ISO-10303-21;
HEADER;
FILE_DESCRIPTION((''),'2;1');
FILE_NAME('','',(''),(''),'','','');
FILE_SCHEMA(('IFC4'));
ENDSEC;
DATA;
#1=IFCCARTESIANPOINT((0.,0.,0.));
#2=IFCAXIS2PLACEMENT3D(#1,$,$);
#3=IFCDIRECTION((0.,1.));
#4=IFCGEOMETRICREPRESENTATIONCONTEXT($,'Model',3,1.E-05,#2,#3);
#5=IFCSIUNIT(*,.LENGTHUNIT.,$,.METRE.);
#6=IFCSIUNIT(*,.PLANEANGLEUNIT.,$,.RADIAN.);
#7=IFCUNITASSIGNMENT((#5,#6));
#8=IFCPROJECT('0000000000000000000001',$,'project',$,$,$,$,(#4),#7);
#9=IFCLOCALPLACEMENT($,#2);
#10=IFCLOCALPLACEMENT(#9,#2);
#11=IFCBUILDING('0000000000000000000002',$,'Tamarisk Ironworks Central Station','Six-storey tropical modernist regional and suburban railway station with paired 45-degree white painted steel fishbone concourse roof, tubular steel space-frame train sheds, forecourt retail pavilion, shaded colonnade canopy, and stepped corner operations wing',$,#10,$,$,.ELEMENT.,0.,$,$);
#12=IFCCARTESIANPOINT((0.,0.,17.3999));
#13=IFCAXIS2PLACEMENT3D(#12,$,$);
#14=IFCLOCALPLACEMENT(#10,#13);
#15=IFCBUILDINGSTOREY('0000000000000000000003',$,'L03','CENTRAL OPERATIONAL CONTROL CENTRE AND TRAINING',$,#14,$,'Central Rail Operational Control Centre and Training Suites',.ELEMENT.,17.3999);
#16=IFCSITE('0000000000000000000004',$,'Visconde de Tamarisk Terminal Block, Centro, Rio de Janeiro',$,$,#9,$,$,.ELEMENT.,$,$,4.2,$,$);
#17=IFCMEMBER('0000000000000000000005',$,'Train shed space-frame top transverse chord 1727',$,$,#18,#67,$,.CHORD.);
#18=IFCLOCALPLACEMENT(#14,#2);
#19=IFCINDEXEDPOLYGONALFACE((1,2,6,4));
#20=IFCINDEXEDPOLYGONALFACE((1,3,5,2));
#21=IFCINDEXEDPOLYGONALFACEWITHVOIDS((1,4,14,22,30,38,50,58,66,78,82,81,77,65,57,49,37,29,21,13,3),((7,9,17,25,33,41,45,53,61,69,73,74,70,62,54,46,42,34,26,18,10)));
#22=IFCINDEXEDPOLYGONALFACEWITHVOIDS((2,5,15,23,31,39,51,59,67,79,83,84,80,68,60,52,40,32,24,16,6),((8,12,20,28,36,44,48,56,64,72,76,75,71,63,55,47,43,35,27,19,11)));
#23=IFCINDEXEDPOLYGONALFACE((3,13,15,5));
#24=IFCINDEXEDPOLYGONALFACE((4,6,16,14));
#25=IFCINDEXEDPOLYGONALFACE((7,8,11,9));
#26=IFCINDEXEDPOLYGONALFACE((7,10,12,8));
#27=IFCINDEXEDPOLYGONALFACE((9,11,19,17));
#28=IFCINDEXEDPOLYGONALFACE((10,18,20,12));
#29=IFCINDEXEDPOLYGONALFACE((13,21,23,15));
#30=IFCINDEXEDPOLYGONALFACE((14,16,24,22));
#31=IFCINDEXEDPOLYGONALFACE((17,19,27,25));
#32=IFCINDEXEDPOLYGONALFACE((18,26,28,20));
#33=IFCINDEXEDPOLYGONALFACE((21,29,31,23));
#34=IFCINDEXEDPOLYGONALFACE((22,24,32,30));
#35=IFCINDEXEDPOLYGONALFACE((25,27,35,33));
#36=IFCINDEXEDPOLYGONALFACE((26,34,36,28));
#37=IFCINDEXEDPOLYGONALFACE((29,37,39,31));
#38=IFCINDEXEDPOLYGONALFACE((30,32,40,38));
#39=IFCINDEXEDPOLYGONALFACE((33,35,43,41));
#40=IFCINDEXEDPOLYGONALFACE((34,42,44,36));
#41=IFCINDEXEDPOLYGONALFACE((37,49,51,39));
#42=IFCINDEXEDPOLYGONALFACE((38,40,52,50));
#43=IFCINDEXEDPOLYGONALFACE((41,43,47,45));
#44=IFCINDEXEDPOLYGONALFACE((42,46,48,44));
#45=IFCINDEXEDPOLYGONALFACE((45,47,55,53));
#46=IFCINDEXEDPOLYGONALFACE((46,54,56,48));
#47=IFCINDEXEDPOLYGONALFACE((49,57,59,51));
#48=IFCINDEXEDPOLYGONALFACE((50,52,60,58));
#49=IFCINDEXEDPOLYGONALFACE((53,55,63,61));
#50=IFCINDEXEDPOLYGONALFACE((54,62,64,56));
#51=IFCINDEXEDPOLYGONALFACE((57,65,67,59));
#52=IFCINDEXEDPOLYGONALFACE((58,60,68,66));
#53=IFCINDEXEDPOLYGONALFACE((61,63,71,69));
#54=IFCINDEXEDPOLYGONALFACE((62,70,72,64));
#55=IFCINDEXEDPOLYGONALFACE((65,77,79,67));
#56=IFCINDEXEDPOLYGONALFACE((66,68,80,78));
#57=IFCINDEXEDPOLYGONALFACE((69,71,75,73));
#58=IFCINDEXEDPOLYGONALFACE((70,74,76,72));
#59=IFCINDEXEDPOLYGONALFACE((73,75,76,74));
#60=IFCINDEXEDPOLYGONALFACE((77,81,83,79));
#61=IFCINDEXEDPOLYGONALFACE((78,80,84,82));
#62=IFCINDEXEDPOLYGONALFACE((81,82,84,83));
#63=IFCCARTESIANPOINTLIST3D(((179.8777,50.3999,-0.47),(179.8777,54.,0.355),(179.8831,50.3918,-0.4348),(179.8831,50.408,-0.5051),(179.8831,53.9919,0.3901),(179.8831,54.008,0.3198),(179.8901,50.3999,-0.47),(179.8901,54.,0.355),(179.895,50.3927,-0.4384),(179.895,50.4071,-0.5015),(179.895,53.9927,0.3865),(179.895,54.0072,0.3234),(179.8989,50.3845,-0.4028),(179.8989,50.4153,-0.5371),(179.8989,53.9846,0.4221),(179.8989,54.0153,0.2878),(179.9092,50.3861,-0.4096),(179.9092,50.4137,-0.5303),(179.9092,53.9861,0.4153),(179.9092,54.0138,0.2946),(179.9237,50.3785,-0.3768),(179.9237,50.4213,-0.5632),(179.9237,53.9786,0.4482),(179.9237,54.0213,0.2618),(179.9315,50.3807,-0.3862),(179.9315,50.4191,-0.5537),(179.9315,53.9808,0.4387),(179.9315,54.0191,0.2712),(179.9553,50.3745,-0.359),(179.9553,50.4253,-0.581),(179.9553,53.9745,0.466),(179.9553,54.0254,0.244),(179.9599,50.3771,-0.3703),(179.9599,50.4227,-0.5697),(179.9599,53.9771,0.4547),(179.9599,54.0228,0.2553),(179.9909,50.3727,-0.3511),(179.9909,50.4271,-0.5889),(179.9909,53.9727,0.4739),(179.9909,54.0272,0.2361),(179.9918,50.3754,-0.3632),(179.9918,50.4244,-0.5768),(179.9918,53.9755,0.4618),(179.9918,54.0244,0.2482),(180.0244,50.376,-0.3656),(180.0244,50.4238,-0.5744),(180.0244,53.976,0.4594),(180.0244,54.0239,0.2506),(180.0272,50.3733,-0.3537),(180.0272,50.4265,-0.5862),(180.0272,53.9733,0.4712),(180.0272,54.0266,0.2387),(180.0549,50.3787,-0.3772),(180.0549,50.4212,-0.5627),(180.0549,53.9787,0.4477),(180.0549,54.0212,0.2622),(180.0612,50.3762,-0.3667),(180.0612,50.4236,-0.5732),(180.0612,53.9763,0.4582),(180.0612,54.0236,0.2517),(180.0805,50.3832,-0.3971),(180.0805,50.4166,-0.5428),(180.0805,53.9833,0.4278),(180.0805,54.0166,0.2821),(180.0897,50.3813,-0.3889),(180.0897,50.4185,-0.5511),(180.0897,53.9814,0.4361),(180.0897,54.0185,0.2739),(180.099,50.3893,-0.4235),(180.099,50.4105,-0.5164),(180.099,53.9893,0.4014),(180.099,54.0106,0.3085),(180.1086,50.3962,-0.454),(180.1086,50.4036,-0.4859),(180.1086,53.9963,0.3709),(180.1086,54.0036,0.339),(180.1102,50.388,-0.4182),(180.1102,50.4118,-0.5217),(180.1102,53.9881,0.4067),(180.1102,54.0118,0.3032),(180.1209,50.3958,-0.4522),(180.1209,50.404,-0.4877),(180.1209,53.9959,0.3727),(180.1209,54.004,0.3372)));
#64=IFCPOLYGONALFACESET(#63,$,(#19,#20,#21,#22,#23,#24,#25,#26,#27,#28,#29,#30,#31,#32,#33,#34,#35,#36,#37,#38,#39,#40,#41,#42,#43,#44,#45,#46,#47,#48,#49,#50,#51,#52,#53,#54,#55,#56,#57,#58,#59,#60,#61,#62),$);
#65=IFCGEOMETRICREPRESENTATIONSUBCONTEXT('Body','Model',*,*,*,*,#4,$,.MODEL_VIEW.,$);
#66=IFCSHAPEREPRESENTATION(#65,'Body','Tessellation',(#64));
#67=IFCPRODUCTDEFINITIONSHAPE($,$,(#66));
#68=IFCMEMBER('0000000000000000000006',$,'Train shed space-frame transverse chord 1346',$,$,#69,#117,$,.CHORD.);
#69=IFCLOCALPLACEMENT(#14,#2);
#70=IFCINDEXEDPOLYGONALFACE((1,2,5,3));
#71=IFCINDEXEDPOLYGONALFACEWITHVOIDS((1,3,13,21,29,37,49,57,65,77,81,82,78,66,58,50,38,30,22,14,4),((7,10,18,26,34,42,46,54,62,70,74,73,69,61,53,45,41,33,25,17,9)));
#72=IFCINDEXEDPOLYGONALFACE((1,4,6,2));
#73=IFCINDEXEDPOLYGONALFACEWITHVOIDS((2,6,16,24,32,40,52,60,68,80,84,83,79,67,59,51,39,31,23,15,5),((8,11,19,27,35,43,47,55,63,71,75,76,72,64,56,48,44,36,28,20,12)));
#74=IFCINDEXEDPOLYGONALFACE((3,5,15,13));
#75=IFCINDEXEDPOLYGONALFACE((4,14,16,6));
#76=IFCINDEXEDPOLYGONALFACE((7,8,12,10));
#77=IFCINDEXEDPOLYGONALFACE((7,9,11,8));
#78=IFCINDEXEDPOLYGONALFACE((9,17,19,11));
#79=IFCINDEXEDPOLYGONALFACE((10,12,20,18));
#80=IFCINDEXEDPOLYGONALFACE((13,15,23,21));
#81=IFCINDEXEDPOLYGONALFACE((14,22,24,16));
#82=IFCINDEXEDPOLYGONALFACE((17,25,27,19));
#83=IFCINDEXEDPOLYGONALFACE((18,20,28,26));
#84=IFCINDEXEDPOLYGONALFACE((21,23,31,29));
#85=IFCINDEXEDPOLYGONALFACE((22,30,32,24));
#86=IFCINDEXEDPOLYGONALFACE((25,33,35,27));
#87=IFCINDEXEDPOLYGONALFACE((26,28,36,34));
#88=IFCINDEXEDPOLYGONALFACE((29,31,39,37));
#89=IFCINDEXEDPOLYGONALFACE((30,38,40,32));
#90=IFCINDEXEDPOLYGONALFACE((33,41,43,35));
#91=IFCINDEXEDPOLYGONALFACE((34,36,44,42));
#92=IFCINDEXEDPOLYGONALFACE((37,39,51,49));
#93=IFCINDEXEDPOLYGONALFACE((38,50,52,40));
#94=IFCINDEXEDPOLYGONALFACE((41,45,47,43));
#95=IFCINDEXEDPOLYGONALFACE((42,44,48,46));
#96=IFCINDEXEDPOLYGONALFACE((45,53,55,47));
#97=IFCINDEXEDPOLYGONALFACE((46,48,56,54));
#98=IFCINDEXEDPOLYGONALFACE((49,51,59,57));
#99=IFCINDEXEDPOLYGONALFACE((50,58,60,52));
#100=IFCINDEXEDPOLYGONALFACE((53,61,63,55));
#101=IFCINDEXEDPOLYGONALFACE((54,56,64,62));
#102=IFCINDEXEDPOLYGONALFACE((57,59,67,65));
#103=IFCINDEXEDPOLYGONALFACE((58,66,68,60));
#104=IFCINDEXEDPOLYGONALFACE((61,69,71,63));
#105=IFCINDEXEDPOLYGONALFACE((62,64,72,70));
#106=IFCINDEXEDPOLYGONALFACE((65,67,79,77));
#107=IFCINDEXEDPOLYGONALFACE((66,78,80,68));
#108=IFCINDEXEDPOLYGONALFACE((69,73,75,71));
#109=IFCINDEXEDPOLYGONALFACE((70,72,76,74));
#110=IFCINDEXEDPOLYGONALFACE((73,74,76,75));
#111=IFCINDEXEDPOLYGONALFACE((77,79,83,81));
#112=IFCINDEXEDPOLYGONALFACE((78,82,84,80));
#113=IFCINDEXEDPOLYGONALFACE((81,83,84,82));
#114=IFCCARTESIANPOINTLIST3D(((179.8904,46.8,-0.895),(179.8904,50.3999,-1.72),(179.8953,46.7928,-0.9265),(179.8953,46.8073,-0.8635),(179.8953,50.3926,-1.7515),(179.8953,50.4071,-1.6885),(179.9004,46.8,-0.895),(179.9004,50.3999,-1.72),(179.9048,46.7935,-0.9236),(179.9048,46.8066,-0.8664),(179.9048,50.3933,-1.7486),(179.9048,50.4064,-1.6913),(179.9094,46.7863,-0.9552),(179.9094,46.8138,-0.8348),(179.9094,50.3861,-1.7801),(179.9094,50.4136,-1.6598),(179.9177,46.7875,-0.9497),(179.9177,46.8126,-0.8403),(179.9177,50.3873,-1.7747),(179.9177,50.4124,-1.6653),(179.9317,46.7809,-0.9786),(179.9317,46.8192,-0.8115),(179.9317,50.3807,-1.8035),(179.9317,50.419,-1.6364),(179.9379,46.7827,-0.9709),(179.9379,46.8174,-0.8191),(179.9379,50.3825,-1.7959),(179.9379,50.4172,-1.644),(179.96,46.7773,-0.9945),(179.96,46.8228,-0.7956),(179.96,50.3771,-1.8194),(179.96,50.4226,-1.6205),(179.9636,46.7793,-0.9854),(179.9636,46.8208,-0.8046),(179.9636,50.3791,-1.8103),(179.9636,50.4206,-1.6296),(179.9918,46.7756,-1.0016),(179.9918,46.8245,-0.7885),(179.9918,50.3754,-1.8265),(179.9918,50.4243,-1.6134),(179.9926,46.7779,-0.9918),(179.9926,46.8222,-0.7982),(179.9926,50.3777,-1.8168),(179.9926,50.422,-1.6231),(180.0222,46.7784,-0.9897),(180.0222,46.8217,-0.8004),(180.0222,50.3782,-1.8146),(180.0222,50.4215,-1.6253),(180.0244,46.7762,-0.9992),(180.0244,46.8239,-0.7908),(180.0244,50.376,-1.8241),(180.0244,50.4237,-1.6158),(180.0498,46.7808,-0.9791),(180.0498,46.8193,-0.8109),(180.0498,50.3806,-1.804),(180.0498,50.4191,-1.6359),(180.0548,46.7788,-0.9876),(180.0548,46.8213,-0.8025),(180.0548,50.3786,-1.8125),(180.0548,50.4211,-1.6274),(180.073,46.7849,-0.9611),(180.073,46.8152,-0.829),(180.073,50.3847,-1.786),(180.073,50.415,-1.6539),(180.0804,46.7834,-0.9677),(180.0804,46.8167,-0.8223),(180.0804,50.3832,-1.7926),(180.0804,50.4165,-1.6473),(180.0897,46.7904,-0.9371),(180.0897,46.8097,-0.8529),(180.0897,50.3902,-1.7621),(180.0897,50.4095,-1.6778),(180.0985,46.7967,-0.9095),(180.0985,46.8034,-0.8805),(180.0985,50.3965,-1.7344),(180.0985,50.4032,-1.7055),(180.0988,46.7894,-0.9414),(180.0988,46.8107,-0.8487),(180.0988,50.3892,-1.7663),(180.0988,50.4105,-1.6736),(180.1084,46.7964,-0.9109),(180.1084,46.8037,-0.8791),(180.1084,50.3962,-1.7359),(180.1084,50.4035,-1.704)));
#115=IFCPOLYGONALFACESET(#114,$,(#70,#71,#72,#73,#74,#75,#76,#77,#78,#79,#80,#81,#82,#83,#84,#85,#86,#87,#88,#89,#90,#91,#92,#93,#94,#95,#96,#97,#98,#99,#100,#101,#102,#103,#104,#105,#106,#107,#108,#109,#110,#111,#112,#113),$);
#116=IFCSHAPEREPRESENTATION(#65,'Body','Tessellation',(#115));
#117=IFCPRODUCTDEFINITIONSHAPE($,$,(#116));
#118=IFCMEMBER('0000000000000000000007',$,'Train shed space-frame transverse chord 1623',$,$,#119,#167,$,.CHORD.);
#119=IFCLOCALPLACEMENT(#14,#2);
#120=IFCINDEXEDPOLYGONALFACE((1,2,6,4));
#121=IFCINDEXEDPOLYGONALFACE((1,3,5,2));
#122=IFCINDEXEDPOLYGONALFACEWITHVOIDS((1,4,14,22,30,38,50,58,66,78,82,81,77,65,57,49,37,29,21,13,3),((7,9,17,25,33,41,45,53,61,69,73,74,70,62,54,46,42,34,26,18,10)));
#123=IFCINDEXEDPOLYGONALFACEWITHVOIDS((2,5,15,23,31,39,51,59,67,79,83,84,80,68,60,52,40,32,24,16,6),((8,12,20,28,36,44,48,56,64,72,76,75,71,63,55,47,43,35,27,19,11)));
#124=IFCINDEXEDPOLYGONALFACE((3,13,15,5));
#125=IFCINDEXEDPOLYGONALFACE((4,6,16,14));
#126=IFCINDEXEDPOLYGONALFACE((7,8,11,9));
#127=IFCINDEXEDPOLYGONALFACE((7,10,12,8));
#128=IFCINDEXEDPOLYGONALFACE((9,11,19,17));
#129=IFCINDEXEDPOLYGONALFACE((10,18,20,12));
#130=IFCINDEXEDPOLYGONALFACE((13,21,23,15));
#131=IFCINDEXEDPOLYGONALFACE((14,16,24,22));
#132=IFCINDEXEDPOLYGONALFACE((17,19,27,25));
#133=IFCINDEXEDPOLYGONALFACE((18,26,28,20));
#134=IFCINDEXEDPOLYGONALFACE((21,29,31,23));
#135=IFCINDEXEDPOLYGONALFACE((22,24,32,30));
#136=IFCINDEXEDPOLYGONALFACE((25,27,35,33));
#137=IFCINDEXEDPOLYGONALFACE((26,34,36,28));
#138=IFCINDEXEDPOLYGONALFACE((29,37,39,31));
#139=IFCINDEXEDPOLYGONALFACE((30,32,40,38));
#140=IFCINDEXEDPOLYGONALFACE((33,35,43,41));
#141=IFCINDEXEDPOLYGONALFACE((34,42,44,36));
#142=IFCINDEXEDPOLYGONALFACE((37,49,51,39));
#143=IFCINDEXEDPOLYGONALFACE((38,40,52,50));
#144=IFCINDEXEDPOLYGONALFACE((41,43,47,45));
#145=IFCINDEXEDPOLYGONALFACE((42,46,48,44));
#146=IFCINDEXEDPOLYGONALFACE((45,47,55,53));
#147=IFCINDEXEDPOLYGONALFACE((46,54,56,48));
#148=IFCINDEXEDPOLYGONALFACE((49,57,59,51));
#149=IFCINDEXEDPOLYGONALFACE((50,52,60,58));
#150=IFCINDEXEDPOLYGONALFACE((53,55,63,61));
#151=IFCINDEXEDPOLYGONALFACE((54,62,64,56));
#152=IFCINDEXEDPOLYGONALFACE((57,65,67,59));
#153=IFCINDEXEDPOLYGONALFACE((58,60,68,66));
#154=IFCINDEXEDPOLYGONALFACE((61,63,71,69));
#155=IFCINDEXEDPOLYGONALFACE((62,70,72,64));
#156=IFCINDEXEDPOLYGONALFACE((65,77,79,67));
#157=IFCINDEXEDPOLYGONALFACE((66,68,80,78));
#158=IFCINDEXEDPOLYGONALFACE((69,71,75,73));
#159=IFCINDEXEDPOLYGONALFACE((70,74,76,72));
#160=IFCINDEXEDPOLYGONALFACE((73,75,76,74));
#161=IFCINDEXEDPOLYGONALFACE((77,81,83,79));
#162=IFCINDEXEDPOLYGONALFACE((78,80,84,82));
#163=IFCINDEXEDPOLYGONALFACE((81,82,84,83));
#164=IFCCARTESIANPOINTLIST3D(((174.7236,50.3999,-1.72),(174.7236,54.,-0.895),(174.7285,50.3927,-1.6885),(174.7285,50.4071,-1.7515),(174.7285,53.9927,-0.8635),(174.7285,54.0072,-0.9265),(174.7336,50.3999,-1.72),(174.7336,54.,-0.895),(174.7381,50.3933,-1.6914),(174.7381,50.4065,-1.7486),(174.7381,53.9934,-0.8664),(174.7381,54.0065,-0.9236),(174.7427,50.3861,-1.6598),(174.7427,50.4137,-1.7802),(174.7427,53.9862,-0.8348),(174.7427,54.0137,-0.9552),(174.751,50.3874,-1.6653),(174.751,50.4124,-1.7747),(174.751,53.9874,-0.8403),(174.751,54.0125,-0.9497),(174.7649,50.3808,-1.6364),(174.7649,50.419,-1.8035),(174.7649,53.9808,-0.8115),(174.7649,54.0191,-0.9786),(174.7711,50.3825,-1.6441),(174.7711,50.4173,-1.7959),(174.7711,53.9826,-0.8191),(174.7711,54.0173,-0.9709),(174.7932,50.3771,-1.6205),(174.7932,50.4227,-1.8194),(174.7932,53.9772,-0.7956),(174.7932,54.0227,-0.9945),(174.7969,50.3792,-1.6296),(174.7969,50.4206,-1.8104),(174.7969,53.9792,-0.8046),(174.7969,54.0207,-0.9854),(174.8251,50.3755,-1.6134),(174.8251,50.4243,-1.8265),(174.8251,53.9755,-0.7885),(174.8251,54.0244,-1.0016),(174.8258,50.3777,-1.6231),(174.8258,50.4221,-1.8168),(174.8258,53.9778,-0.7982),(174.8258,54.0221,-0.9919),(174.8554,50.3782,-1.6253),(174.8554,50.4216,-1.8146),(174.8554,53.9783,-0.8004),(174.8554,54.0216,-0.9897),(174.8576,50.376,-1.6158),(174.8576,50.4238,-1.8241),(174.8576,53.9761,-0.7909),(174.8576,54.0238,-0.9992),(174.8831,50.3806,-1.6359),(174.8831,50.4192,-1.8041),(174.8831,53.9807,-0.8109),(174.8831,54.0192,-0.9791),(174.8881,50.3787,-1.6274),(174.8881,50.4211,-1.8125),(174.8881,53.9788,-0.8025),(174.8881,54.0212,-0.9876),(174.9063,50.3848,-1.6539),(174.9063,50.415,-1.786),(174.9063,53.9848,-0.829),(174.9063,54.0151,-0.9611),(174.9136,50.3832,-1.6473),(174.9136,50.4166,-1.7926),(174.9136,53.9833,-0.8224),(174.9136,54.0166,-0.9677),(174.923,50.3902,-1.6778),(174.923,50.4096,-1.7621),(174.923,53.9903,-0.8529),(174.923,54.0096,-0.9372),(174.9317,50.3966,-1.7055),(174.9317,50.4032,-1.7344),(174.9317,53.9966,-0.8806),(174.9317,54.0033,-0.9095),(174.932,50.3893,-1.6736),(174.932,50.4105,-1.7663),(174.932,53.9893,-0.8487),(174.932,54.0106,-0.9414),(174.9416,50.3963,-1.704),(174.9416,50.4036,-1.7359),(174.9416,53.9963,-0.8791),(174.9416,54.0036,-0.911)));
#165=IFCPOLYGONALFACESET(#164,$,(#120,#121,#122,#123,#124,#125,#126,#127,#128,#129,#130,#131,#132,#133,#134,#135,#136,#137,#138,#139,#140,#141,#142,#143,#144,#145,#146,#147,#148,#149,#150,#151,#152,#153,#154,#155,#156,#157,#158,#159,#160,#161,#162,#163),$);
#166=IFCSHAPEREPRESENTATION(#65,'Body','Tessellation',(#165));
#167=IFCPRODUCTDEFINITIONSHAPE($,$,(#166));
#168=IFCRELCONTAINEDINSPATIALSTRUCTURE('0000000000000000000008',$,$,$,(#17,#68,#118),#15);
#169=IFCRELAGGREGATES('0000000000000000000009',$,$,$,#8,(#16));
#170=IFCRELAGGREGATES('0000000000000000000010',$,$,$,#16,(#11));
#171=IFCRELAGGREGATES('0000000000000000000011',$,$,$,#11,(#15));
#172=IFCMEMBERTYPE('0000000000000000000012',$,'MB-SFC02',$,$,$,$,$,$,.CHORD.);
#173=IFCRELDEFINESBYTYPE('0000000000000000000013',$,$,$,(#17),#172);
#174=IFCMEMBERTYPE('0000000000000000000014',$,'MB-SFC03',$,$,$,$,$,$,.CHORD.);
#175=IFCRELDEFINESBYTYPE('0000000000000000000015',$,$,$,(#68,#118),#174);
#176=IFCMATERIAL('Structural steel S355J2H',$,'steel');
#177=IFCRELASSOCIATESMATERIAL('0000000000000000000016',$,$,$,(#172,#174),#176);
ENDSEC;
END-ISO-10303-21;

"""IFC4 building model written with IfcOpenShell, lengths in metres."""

from ifc_helpers import new_model, si_unit, direction, frame, origin, origin_2d, place, context, subcontext, project, spatial, hollow_circle, extrude, material, material_profile, profile_set, type_object, element, save


model = new_model("IFC4")

# Units and contexts
model_context = context("Model", 3, precision=1e-05, world=origin(), true_north=direction((0.0, 1.0)))
body_context = subcontext(model_context, "Body", "Model", "MODEL_VIEW")
ifc_project = project(units=[si_unit("LENGTHUNIT", "METRE"), si_unit("PLANEANGLEUNIT", "RADIAN")], contexts=[model_context])

# Site, building, storey
site_placement = place(None, origin())
site = spatial("IfcSite", under=ifc_project, at=site_placement, Name="Visconde de Tamarisk Terminal Block, Centro, Rio de Janeiro", CompositionType="ELEMENT", RefElevation=4.2)
building_placement = place(site_placement, origin())
building = spatial("IfcBuilding", under=site, at=building_placement, Name="Tamarisk Ironworks Central Station", Description="Six-storey tropical modernist regional and suburban railway station with paired 45-degree white painted steel fishbone concourse roof, tubular steel space-frame train sheds, forecourt retail pavilion, shaded colonnade canopy, and stepped corner operations wing", CompositionType="ELEMENT", ElevationOfRefHeight=0.0)
storey_placement = place(building_placement, frame((0.0, 0.0, 17.3999)))
storey = spatial("IfcBuildingStorey", under=building, at=storey_placement, Name="L03", Description="CENTRAL OPERATIONAL CONTROL CENTRE AND TRAINING", LongName="Central Rail Operational Control Centre and Training Suites", CompositionType="ELEMENT", Elevation=17.3999)

# Members
ifc_material_1 = material(Name="Structural steel S355J2H", Category="steel")
ifc_material_profile_1 = material_profile(ifc_material_1, hollow_circle(Radius=0.1223, WallThickness=0.0125, at=origin_2d()), Name="CHS 244.5x12.5")
ifc_profile_set_1 = profile_set([ifc_material_profile_1], Name="Structural steel S355J2H")
member_type_1 = type_object("IfcMemberType", Name="MB-SFC02", PredefinedType="CHORD", material=ifc_profile_set_1)
for number, where, z_axis, x_axis, name in (
    (1, (180.0, 50.3999, -0.47), (0.0, 0.974737, 0.223358), (-1.0, 0.0, 0.0), "Train shed space-frame top transverse chord 1727"),
):
    element("IfcMember", number, at=place(storey_placement, frame(where, z_axis=z_axis, x_axis=x_axis)), inside=storey, type_object=member_type_1, Name=name, PredefinedType="CHORD", context=body_context, shape_type="SweptSolid", body=[
        extrude(hollow_circle(Radius=0.1223, WallThickness=0.0125, at=origin_2d()), origin(), (0.0, 0.0, 1.0), 3.6934),
    ])
ifc_material_profile_2 = material_profile(ifc_material_1, hollow_circle(Radius=0.1096, WallThickness=0.01, at=origin_2d()), Name="CHS 219.1x10")
ifc_profile_set_2 = profile_set([ifc_material_profile_2], Name="Structural steel S355J2H")
member_type_2 = type_object("IfcMemberType", Name="MB-SFC03", PredefinedType="CHORD", material=ifc_profile_set_2)
member_1_placement = place(storey_placement, frame((180.0, 46.8, -0.895), z_axis=(0.0, 0.974733, -0.223372), x_axis=(-1.0, 0.0, 0.0)))
element("IfcMember", 2, at=member_1_placement, inside=storey, type_object=member_type_2, Name="Train shed space-frame transverse chord 1346", PredefinedType="CHORD", context=body_context, shape_type="SweptSolid", body=[
    extrude(hollow_circle(Radius=0.1096, WallThickness=0.01, at=origin_2d()), origin(), (0.0, 0.0, 1.0), 3.6931),
])
for number, where, z_axis, x_axis, name in (
    (3, (174.8333, 50.3999, -1.72), (0.0, 0.974737, 0.223358), (-1.0, 0.0, 0.0), "Train shed space-frame transverse chord 1623"),
):
    element("IfcMember", number, at=place(storey_placement, frame(where, z_axis=z_axis, x_axis=x_axis)), inside=storey, type_object=member_type_2, Name=name, PredefinedType="CHORD", context=body_context, shape_type="SweptSolid", body=[
        extrude(hollow_circle(Radius=0.1096, WallThickness=0.01, at=origin_2d()), origin(), (0.0, 0.0, 1.0), 3.6934),
    ])

save(model, "model.ifc")
